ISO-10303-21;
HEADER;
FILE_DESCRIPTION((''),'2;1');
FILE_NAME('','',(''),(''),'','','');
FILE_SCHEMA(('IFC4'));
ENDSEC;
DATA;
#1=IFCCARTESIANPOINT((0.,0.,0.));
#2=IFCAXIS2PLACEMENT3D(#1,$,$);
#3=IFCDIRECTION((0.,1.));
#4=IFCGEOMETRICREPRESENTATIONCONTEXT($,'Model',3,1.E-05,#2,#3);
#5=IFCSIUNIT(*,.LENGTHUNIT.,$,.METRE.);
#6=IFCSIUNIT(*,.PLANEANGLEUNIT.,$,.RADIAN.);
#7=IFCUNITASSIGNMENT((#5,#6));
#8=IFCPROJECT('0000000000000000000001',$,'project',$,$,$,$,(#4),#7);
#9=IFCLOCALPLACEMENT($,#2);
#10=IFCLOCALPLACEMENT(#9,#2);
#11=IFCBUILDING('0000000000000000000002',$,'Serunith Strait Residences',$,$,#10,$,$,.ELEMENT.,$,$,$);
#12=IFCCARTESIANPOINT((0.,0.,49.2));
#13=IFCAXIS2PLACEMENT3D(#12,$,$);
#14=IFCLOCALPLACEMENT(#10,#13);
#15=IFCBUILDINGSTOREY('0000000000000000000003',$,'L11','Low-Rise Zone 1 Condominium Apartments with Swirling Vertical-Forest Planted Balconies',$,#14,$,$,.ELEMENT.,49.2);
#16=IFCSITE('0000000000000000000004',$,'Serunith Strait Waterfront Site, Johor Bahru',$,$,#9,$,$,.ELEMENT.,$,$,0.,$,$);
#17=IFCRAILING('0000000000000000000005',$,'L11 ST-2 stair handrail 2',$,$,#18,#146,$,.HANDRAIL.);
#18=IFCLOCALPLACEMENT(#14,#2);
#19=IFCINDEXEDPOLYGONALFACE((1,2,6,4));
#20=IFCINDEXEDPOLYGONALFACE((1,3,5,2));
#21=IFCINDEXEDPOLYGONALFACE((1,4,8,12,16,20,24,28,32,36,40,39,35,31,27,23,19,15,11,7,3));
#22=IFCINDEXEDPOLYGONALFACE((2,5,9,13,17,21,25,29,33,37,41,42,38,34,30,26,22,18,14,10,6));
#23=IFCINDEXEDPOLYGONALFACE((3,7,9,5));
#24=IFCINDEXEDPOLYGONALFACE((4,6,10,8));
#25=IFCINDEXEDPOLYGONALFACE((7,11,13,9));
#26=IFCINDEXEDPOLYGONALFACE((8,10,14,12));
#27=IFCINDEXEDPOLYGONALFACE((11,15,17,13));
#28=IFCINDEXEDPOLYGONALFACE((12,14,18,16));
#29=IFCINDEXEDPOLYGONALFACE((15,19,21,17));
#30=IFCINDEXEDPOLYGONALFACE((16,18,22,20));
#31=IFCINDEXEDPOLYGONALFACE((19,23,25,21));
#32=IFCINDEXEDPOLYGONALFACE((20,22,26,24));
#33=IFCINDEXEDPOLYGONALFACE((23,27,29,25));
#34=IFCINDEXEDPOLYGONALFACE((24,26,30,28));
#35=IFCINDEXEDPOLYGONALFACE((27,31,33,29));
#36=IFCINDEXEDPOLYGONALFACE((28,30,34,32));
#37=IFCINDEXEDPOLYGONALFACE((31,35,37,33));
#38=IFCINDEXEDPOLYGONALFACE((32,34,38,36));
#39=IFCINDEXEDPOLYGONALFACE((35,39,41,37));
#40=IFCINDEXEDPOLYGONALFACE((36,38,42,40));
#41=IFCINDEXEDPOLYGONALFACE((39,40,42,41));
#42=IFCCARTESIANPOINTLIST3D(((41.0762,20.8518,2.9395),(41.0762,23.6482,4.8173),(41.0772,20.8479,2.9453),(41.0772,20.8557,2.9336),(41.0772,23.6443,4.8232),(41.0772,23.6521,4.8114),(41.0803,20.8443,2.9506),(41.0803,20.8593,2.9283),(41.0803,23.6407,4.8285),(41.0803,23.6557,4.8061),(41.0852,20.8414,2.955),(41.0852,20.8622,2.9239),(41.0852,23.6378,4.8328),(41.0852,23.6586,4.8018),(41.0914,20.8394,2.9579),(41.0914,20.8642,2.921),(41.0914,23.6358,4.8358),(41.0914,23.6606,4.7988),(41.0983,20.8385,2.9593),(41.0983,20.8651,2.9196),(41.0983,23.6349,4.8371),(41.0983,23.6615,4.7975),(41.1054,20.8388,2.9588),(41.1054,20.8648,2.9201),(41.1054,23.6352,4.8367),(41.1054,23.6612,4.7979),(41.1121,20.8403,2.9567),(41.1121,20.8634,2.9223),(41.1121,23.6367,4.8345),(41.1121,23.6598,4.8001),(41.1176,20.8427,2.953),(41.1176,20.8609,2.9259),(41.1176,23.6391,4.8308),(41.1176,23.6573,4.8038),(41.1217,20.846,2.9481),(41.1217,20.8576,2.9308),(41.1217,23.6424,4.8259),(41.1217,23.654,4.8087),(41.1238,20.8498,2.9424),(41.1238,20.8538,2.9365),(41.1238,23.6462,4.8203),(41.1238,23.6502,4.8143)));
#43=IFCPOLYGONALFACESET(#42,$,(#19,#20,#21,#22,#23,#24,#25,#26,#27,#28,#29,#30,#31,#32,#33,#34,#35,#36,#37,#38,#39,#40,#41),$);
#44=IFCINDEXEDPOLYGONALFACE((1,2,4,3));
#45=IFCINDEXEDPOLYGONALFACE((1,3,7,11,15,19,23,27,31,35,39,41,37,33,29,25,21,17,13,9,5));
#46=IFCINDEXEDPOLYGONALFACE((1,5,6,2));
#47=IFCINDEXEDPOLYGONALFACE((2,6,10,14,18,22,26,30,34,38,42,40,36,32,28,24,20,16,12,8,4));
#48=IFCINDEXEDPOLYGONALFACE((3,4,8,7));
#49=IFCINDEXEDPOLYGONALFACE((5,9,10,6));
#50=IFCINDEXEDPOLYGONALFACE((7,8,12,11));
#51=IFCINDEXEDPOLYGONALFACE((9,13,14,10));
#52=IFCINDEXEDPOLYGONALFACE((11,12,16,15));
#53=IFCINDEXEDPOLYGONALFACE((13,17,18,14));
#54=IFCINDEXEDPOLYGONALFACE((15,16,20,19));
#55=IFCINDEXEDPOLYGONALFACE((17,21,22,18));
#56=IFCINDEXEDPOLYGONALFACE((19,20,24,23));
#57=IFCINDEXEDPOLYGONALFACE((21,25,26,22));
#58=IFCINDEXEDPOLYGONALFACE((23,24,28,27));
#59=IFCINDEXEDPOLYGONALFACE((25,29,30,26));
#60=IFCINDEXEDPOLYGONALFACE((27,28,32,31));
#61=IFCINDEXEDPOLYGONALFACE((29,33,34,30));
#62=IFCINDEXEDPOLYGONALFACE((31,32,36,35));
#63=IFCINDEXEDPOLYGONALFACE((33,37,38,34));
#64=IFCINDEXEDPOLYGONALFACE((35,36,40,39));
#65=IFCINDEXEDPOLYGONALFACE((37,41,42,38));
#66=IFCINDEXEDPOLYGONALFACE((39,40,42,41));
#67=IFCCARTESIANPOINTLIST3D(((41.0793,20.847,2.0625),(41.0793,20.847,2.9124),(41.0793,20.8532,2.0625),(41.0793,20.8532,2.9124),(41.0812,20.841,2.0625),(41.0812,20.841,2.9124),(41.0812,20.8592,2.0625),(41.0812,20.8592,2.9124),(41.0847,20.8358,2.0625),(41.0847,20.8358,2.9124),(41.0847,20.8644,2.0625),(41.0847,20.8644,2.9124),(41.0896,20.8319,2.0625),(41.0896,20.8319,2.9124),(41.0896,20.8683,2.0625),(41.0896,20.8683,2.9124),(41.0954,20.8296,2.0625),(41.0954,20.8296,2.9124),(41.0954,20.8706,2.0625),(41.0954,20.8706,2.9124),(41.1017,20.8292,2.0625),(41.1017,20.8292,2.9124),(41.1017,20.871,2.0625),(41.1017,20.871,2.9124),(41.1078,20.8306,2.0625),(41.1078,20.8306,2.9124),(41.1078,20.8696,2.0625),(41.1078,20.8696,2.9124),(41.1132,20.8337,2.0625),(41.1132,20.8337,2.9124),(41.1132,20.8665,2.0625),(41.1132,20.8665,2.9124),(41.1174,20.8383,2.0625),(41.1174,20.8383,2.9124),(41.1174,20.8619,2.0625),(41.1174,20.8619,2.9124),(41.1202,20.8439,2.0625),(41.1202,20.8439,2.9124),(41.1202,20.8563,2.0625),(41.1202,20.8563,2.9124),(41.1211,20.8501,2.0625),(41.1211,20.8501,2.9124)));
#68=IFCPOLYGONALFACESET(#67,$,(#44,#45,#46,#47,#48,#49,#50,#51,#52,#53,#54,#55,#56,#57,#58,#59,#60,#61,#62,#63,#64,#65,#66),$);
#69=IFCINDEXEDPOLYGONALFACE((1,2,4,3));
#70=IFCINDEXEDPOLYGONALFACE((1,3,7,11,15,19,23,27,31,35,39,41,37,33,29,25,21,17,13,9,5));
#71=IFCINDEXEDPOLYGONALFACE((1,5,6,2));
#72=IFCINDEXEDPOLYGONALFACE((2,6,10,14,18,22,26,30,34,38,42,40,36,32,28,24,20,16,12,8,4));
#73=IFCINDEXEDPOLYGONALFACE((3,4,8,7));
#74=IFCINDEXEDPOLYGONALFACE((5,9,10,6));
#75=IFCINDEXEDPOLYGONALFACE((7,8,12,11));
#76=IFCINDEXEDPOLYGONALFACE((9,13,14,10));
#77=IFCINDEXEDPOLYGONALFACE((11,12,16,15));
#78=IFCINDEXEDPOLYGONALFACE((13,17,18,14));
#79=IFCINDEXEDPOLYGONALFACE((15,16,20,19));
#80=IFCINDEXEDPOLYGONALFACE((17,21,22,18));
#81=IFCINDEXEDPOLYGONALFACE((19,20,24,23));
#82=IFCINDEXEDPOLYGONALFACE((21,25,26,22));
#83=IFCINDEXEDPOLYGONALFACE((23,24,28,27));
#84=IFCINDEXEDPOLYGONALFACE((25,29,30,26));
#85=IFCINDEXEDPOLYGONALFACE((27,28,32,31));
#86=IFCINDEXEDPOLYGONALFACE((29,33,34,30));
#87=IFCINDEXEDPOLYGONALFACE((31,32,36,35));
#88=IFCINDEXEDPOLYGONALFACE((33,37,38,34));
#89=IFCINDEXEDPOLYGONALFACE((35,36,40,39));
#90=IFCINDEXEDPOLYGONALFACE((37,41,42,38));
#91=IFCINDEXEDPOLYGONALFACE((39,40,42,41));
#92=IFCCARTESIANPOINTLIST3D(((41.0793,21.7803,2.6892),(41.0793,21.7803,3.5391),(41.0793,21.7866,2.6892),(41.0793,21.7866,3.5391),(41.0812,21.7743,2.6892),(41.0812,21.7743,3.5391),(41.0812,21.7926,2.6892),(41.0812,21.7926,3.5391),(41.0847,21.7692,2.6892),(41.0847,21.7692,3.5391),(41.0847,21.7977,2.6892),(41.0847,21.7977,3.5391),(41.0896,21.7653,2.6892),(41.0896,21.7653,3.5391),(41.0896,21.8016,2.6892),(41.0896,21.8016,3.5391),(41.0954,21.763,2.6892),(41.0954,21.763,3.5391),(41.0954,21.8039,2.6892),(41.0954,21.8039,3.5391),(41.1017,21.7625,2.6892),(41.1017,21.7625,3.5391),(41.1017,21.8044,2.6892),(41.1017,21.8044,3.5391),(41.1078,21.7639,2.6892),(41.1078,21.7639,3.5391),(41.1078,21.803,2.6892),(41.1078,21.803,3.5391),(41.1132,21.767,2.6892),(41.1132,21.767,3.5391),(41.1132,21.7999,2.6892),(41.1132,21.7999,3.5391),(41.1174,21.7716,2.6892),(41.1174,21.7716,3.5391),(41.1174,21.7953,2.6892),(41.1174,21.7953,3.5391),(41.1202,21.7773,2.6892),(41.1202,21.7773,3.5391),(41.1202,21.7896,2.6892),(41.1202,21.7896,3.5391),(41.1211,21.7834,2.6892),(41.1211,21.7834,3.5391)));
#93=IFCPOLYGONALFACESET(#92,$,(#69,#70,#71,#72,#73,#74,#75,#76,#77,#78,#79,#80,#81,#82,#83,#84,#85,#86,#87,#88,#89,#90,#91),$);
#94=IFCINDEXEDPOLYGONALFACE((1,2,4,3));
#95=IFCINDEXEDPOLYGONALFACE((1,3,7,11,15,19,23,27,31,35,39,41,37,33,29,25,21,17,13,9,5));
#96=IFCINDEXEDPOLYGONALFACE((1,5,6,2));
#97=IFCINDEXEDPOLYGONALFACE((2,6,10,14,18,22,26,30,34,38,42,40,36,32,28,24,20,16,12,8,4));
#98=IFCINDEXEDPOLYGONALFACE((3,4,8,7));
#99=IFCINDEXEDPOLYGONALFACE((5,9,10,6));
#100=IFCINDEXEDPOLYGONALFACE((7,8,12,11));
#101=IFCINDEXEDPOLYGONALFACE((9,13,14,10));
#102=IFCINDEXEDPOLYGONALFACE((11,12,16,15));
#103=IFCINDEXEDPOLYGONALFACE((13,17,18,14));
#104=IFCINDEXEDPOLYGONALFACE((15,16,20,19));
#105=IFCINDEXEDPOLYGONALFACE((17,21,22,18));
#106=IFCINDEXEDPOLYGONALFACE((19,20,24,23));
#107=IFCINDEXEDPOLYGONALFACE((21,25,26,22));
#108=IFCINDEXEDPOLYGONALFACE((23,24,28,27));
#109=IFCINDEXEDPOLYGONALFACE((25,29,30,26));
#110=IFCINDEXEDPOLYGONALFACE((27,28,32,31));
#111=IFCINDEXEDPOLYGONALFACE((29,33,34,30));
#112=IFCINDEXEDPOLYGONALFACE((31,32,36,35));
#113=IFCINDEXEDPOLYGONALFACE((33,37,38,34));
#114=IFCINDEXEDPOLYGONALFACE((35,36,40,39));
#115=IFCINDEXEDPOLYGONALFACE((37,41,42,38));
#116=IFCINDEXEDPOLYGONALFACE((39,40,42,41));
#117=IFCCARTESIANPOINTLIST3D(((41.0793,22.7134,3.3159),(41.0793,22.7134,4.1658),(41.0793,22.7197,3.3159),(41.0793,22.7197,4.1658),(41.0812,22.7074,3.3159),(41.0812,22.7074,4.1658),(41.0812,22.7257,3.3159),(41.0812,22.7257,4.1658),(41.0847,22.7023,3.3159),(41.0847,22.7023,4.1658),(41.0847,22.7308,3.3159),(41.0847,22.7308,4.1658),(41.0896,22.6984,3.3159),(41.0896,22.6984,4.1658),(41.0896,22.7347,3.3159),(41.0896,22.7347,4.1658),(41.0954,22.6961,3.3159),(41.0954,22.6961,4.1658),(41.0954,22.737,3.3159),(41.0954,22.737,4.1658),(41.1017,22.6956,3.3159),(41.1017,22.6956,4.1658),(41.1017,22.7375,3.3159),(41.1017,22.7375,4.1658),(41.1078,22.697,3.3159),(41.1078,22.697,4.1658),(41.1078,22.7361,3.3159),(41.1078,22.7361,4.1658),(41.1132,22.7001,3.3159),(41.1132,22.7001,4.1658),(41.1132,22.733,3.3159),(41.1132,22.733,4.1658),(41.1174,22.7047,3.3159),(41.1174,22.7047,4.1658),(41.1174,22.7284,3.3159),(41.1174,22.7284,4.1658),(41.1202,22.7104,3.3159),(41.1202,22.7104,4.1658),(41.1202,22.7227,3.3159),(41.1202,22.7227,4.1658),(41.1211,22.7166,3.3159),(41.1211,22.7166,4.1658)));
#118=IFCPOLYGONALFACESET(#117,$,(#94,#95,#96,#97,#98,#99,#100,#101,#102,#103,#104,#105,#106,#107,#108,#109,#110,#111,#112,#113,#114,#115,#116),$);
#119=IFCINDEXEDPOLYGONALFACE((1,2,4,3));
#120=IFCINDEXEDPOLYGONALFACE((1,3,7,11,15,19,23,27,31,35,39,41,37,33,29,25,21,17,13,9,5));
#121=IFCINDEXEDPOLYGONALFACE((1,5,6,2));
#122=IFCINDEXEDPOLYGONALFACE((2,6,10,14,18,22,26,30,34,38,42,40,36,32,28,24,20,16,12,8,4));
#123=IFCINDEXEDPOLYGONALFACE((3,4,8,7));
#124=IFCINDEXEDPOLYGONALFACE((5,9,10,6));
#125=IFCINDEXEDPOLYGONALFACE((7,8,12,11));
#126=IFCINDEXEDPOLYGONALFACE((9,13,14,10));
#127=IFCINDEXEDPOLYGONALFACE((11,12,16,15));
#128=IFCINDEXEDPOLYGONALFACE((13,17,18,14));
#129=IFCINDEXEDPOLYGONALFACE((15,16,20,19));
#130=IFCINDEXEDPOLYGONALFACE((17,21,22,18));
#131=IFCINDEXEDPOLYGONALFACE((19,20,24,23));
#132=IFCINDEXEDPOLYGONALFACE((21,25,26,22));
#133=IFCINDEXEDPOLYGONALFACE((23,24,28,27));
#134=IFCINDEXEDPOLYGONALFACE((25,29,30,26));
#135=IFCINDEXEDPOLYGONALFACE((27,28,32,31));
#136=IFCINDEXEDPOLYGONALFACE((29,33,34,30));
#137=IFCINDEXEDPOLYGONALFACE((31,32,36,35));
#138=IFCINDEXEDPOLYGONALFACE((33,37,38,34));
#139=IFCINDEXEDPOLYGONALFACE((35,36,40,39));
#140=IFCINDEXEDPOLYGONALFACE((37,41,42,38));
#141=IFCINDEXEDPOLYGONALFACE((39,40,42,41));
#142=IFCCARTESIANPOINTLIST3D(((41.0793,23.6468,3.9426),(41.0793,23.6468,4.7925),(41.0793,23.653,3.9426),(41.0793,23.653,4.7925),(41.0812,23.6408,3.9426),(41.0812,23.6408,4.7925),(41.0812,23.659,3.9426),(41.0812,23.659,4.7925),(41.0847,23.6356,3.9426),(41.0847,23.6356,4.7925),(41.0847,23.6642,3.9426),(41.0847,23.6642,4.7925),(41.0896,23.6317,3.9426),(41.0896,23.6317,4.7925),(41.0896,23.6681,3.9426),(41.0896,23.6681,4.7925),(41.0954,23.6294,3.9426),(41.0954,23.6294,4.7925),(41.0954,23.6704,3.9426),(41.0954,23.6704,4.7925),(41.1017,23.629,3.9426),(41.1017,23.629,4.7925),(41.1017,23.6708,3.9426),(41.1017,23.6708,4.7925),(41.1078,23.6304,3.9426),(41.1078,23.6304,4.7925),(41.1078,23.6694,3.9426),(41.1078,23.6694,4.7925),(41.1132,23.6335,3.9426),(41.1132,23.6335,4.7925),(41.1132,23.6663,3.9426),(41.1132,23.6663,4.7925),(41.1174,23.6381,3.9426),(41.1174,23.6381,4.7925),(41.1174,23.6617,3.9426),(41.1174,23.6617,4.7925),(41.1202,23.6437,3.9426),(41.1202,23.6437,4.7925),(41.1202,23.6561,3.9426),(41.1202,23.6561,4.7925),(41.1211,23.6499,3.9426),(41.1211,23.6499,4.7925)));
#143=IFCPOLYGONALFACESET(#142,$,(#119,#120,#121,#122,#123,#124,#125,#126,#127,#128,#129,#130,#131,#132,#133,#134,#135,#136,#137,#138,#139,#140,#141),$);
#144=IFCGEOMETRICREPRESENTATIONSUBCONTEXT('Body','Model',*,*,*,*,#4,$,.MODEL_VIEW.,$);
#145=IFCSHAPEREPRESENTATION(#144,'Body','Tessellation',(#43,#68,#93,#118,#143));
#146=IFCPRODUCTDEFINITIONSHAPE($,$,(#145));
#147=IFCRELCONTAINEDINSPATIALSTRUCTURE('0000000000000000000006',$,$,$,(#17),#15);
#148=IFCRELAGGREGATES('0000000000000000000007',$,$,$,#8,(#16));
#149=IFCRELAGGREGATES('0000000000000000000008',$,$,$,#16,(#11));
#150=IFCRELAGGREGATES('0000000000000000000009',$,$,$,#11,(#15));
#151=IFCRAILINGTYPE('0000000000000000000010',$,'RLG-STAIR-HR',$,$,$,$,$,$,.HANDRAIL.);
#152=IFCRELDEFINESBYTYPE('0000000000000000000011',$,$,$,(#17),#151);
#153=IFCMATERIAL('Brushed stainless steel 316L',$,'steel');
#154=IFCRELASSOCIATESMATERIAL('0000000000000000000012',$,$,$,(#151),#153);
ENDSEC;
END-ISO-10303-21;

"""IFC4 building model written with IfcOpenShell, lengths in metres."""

from ifc_helpers import new_model, si_unit, direction, frame, origin, origin_2d, place, context, subcontext, project, spatial, circle, extrude, material, type_object, element, save


model = new_model("IFC4")

# Units and contexts
model_context = context("Model", 3, precision=1e-05, world=origin(), true_north=direction((0.0, 1.0)))
body_context = subcontext(model_context, "Body", "Model", "MODEL_VIEW")
ifc_project = project(units=[si_unit("LENGTHUNIT", "METRE"), si_unit("PLANEANGLEUNIT", "RADIAN")], contexts=[model_context])

# Site, building, storey
site_placement = place(None, origin())
site = spatial("IfcSite", under=ifc_project, at=site_placement, Name="Serunith Strait Waterfront Site, Johor Bahru", CompositionType="ELEMENT", RefElevation=0.0)
building_placement = place(site_placement, origin())
building = spatial("IfcBuilding", under=site, at=building_placement, Name="Serunith Strait Residences", CompositionType="ELEMENT")
storey_placement = place(building_placement, frame((0.0, 0.0, 49.2)))
storey = spatial("IfcBuildingStorey", under=building, at=storey_placement, Name="L11", Description="Low-Rise Zone 1 Condominium Apartments with Swirling Vertical-Forest Planted Balconies", CompositionType="ELEMENT", Elevation=49.2)

# Railing
ifc_material_1 = material(Name="Brushed stainless steel 316L", Category="steel")
railing_type_1 = type_object("IfcRailingType", Name="RLG-STAIR-HR", PredefinedType="HANDRAIL", material=ifc_material_1)
railing_1_placement = place(storey_placement, frame((41.1001, 20.8501, 2.0625)))
element("IfcRailing", 1, at=railing_1_placement, inside=storey, type_object=railing_type_1, Name="L11 ST-2 stair handrail 2", PredefinedType="HANDRAIL", context=body_context, shape_type="SweptSolid", body=[
    extrude(circle(Radius=0.0239, at=origin_2d()), frame((0.0, 0.0017, 0.877), z_axis=(0.0, 0.830186, 0.557487), x_axis=(-1.0, 0.0, 0.0)), (0.0, 0.0, 1.0), 3.3684),
    extrude(circle(Radius=0.021, at=origin_2d()), origin(), (0.0, 0.0, 1.0), 0.8499),
    extrude(circle(Radius=0.021, at=origin_2d()), frame((0.0, 0.9333, 0.6267)), (0.0, 0.0, 1.0), 0.8499),
    extrude(circle(Radius=0.021, at=origin_2d()), frame((0.0, 1.8665, 1.2534)), (0.0, 0.0, 1.0), 0.8499),
    extrude(circle(Radius=0.021, at=origin_2d()), frame((0.0, 2.7998, 1.8801)), (0.0, 0.0, 1.0), 0.8499),
])

save(model, "model.ifc")
